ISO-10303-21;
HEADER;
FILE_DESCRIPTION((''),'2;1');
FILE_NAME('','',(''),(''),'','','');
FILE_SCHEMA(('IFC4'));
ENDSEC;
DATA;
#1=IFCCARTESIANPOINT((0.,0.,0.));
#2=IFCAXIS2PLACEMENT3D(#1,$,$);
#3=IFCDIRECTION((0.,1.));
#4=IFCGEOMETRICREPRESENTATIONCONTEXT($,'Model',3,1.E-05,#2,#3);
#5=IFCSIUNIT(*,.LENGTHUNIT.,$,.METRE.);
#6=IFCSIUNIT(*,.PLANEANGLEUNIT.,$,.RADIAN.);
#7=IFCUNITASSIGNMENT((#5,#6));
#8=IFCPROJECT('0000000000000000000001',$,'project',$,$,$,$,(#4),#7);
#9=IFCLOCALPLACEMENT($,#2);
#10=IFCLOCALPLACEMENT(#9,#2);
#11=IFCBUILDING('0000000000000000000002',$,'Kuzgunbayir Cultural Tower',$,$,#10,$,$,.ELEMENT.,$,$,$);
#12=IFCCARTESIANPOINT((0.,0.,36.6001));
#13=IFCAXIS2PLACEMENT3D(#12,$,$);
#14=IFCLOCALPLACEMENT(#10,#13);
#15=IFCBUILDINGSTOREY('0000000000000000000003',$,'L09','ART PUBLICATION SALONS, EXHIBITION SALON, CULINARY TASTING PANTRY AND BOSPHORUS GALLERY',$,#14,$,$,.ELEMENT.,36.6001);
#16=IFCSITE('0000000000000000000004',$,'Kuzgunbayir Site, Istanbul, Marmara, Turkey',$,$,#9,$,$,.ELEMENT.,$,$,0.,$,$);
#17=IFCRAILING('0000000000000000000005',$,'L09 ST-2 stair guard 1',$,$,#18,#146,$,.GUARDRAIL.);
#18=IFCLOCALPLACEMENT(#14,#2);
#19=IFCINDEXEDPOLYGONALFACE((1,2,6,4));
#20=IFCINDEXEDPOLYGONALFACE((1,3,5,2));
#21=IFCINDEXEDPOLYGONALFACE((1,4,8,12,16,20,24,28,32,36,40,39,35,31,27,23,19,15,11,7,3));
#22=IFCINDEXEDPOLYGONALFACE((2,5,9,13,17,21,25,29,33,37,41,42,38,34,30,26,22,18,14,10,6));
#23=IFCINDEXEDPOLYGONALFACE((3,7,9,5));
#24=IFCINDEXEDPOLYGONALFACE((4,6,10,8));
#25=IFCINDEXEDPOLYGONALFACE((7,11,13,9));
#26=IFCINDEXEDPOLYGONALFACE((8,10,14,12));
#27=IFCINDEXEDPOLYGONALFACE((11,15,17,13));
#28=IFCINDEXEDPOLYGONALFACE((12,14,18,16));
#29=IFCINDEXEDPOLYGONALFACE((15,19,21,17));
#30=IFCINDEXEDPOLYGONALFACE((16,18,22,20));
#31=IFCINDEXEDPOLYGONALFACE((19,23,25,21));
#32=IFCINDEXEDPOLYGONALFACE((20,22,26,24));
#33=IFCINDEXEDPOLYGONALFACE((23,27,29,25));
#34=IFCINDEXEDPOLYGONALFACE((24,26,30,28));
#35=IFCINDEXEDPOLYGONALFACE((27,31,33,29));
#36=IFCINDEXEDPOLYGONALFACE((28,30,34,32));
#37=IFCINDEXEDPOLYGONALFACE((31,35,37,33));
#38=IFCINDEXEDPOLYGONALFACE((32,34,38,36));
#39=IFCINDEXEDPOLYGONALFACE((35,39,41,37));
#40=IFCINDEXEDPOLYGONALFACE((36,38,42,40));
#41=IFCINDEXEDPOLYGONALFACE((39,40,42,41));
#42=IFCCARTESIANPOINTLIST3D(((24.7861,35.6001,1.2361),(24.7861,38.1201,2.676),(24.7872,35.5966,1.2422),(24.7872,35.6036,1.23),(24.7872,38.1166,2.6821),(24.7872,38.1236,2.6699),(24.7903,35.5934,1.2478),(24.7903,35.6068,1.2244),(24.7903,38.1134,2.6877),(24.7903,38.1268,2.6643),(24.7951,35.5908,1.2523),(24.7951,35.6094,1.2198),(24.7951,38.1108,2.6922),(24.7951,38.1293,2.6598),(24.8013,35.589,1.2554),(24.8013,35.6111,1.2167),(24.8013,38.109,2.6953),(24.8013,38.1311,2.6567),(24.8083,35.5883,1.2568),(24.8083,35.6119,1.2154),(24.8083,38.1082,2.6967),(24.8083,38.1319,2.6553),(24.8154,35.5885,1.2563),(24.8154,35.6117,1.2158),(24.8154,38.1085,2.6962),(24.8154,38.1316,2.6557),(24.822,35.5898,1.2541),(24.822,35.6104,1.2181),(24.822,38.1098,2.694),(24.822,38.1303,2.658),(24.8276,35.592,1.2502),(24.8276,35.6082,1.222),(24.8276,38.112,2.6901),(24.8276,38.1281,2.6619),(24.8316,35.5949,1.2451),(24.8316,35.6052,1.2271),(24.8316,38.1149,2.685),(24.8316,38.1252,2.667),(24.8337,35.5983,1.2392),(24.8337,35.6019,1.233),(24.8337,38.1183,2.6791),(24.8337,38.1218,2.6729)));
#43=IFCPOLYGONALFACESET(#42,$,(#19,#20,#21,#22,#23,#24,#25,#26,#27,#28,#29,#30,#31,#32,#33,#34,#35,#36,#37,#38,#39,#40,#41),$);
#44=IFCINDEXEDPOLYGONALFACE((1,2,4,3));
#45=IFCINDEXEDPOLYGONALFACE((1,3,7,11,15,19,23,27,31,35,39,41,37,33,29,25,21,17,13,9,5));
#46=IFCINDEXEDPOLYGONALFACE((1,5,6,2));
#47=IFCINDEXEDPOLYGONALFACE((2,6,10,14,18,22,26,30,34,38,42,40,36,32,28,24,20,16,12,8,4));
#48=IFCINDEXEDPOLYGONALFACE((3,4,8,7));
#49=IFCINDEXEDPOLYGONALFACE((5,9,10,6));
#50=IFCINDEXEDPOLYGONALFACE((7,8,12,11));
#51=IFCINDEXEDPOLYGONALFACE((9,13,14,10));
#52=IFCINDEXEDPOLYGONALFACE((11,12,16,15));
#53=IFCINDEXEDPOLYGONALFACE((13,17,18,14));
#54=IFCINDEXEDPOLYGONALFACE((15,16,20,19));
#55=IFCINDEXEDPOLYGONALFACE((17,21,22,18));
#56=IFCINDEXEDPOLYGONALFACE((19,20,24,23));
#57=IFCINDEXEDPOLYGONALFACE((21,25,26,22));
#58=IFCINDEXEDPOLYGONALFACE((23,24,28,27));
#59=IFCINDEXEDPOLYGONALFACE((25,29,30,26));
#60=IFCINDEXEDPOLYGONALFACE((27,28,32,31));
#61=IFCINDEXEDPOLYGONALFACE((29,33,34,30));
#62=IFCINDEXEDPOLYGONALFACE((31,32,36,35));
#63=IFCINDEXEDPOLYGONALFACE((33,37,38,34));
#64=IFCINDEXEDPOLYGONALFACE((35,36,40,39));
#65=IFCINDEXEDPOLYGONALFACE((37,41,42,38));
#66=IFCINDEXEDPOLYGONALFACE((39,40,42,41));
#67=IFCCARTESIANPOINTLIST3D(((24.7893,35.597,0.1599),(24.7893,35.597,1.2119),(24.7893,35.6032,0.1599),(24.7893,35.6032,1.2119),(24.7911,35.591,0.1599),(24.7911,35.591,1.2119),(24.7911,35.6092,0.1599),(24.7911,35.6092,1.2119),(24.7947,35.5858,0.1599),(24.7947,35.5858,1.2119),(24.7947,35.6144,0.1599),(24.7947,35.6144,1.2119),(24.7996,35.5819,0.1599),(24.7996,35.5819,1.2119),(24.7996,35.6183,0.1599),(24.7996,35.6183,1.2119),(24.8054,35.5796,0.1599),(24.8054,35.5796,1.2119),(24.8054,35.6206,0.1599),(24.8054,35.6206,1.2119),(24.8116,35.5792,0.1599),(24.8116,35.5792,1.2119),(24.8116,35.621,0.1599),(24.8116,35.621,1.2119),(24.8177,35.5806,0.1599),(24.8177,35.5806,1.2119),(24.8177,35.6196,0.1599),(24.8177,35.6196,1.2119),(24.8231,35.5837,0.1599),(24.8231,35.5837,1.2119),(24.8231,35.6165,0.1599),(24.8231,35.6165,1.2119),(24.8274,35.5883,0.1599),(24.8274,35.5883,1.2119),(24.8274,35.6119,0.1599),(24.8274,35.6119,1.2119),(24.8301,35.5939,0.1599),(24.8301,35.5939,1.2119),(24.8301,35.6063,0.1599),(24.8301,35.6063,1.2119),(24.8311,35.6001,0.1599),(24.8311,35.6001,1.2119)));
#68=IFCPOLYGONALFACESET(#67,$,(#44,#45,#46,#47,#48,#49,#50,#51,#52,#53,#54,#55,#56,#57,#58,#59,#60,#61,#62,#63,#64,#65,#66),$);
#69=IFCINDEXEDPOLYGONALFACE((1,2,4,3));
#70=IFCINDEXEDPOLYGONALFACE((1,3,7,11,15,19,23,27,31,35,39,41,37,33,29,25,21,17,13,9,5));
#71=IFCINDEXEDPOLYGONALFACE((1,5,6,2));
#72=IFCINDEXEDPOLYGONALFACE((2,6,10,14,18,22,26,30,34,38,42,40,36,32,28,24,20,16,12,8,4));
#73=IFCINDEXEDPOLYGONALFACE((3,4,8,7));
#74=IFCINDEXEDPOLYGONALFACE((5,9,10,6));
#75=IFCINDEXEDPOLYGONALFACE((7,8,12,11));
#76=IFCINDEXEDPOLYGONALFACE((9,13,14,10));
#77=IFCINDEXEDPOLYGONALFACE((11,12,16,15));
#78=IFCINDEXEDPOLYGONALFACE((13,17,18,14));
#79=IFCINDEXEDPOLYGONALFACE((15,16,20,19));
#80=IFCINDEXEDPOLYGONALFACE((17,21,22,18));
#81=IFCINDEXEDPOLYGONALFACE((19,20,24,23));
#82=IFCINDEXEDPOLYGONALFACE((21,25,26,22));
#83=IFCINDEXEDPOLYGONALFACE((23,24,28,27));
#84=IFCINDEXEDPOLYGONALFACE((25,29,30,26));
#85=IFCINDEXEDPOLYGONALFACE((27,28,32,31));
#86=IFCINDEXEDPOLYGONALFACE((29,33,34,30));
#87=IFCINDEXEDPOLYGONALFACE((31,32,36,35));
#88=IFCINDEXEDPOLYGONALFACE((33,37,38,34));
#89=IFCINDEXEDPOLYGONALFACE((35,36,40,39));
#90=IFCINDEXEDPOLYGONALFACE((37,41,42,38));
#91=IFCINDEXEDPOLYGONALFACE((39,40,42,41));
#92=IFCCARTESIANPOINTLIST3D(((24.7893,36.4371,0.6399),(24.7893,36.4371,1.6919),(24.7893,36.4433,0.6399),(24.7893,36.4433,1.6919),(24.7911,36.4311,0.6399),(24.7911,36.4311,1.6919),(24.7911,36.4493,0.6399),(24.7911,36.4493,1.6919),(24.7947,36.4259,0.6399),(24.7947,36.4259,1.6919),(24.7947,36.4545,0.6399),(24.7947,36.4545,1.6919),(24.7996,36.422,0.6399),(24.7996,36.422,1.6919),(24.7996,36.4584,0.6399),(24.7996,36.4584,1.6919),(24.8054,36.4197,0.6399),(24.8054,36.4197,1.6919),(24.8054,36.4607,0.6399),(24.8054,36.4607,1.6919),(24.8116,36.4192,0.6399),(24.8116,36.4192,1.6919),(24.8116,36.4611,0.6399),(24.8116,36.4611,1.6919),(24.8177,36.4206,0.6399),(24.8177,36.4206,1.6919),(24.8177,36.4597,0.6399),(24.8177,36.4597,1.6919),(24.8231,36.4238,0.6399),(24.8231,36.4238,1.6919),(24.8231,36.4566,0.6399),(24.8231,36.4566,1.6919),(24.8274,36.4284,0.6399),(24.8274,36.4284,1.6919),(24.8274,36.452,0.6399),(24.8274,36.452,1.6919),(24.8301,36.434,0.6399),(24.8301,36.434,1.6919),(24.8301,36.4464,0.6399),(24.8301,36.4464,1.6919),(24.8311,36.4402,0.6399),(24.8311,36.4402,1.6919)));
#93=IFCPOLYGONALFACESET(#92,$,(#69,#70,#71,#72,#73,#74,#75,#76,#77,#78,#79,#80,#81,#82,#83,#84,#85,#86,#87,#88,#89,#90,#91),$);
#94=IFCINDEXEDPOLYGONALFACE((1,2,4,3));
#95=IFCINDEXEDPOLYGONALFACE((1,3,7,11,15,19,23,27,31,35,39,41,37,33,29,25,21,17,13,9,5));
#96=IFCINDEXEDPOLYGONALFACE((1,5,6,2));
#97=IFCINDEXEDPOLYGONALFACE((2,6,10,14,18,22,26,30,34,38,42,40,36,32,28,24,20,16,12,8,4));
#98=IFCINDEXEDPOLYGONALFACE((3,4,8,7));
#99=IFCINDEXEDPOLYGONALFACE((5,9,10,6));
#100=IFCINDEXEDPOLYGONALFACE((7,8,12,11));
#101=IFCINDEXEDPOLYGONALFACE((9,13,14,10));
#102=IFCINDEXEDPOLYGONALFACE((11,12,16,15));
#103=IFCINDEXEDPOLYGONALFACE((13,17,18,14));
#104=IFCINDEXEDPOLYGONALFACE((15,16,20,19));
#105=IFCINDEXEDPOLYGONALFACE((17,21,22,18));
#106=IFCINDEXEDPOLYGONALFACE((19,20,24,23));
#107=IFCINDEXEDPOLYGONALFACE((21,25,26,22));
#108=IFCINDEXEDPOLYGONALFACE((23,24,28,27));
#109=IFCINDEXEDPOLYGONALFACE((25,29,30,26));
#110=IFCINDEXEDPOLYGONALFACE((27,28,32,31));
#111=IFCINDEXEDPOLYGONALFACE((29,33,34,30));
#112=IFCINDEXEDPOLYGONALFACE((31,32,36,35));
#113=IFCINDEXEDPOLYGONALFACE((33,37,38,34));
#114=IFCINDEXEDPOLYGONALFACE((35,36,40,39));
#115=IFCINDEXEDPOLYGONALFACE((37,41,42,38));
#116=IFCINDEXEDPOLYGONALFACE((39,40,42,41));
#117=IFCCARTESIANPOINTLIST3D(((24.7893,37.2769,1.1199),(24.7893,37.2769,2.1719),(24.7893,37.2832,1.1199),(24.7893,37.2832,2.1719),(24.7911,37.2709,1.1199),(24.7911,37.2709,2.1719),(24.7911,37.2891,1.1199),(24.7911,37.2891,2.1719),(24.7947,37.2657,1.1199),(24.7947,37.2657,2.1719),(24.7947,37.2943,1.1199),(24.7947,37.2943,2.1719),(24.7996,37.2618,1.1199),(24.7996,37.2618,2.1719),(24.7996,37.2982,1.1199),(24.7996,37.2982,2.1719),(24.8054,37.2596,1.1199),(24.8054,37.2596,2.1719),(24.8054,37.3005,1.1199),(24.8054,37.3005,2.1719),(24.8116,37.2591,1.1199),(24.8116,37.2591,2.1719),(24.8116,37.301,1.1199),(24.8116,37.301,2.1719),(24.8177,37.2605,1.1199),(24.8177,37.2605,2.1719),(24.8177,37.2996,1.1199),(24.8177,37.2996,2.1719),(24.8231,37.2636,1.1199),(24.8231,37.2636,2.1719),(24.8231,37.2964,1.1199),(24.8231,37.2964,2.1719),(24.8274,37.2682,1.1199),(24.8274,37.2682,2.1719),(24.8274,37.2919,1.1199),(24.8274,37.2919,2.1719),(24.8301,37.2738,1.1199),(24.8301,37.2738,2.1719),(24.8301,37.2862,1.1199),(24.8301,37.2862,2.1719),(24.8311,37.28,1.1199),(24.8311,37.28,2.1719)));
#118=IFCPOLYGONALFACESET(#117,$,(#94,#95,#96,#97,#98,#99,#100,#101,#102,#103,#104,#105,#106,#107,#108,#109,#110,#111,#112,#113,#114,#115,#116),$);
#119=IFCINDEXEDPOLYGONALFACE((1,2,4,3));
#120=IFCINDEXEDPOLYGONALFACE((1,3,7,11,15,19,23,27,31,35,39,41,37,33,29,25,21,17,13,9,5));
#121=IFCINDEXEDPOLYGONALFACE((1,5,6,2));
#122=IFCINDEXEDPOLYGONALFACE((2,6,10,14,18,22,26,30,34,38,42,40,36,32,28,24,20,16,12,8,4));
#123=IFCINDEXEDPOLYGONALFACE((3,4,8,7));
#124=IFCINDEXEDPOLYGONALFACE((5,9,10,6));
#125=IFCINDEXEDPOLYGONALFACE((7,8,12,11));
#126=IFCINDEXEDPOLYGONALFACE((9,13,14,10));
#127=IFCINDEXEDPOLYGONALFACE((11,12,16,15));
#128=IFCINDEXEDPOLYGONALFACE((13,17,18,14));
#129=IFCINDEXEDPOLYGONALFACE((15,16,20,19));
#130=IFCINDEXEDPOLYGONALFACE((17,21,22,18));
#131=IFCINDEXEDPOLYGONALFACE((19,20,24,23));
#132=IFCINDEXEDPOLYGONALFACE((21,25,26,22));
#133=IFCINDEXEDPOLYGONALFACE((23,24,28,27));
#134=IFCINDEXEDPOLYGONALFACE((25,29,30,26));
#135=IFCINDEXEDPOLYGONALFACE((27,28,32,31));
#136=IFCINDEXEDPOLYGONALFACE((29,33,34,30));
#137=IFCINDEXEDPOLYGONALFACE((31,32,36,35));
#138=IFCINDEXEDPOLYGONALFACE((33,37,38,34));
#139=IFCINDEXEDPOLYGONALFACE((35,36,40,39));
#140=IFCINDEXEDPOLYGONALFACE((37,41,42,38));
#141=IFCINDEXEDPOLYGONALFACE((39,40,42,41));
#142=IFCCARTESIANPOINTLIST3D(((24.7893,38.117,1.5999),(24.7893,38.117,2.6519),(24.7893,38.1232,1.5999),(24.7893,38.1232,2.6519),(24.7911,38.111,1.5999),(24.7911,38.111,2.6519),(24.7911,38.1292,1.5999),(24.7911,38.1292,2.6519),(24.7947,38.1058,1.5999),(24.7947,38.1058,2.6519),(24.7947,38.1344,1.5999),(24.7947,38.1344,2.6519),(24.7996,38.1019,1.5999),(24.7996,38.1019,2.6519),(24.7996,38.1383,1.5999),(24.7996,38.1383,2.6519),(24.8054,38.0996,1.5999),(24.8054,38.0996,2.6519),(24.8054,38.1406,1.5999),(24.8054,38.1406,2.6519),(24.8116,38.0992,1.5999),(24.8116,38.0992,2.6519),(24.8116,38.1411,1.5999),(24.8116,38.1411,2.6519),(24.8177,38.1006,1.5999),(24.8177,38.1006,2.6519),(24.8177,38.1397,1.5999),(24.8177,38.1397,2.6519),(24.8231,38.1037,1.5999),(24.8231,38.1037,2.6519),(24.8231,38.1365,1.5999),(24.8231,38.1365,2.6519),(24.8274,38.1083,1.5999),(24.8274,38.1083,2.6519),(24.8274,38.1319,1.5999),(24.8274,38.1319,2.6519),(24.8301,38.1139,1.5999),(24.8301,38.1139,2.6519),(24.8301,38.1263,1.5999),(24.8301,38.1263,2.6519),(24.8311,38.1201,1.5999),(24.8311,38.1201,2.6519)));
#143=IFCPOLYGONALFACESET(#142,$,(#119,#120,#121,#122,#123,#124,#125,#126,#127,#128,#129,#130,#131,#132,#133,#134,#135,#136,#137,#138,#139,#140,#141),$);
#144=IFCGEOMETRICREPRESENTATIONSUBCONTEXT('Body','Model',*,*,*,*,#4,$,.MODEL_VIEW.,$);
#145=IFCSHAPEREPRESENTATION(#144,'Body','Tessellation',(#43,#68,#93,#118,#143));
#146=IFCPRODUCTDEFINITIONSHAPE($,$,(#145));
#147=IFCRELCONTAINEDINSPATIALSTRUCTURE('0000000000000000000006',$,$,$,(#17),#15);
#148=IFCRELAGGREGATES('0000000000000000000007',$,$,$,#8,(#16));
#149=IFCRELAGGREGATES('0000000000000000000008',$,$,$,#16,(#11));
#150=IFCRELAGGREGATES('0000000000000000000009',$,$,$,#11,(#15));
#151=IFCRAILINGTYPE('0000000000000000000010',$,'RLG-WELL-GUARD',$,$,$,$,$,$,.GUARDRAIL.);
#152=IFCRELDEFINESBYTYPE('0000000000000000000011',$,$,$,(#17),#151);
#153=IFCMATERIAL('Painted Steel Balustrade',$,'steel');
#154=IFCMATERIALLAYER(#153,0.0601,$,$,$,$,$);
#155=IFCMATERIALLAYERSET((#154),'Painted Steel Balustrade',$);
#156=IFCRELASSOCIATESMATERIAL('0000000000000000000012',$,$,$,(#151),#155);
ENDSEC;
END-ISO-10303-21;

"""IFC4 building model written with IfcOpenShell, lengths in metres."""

from ifc_helpers import new_model, si_unit, direction, frame, origin, origin_2d, place, context, subcontext, project, spatial, circle, extrude, material, layer, layer_set, type_object, element, save


model = new_model("IFC4")

# Units and contexts
model_context = context("Model", 3, precision=1e-05, world=origin(), true_north=direction((0.0, 1.0)))
body_context = subcontext(model_context, "Body", "Model", "MODEL_VIEW")
ifc_project = project(units=[si_unit("LENGTHUNIT", "METRE"), si_unit("PLANEANGLEUNIT", "RADIAN")], contexts=[model_context])

# Site, building, storey
site_placement = place(None, origin())
site = spatial("IfcSite", under=ifc_project, at=site_placement, Name="Kuzgunbayir Site, Istanbul, Marmara, Turkey", CompositionType="ELEMENT", RefElevation=0.0)
building_placement = place(site_placement, origin())
building = spatial("IfcBuilding", under=site, at=building_placement, Name="Kuzgunbayir Cultural Tower", CompositionType="ELEMENT")
storey_placement = place(building_placement, frame((0.0, 0.0, 36.6001)))
storey = spatial("IfcBuildingStorey", under=building, at=storey_placement, Name="L09", Description="ART PUBLICATION SALONS, EXHIBITION SALON, CULINARY TASTING PANTRY AND BOSPHORUS GALLERY", CompositionType="ELEMENT", Elevation=36.6001)

# Railing
ifc_material_1 = material(Name="Painted Steel Balustrade", Category="steel")
ifc_layer_1 = layer(ifc_material_1, 0.0601)
ifc_layer_set_1 = layer_set([ifc_layer_1], Name="Painted Steel Balustrade")
railing_type_1 = type_object("IfcRailingType", Name="RLG-WELL-GUARD", PredefinedType="GUARDRAIL", material=ifc_layer_set_1)
railing_1_placement = place(storey_placement, frame((24.8101, 35.6001, 0.1599)))
element("IfcRailing", 1, at=railing_1_placement, inside=storey, type_object=railing_type_1, Name="L09 ST-2 stair guard 1", PredefinedType="GUARDRAIL", context=body_context, shape_type="SweptSolid", body=[
    extrude(circle(Radius=0.0239, at=origin_2d()), frame((0.0, 0.0, 1.0762), z_axis=(0.0, 0.868253, 0.496121), x_axis=(-1.0, 0.0, 0.0)), (0.0, 0.0, 1.0), 2.9023),
    extrude(circle(Radius=0.021, at=origin_2d()), origin(), (0.0, 0.0, 1.0), 1.052),
    extrude(circle(Radius=0.021, at=origin_2d()), frame((0.0, 0.8401, 0.48)), (0.0, 0.0, 1.0), 1.052),
    extrude(circle(Radius=0.021, at=origin_2d()), frame((0.0, 1.6799, 0.96)), (0.0, 0.0, 1.0), 1.052),
    extrude(circle(Radius=0.021, at=origin_2d()), frame((0.0, 2.52, 1.4399)), (0.0, 0.0, 1.0), 1.052),
])

save(model, "model.ifc")
